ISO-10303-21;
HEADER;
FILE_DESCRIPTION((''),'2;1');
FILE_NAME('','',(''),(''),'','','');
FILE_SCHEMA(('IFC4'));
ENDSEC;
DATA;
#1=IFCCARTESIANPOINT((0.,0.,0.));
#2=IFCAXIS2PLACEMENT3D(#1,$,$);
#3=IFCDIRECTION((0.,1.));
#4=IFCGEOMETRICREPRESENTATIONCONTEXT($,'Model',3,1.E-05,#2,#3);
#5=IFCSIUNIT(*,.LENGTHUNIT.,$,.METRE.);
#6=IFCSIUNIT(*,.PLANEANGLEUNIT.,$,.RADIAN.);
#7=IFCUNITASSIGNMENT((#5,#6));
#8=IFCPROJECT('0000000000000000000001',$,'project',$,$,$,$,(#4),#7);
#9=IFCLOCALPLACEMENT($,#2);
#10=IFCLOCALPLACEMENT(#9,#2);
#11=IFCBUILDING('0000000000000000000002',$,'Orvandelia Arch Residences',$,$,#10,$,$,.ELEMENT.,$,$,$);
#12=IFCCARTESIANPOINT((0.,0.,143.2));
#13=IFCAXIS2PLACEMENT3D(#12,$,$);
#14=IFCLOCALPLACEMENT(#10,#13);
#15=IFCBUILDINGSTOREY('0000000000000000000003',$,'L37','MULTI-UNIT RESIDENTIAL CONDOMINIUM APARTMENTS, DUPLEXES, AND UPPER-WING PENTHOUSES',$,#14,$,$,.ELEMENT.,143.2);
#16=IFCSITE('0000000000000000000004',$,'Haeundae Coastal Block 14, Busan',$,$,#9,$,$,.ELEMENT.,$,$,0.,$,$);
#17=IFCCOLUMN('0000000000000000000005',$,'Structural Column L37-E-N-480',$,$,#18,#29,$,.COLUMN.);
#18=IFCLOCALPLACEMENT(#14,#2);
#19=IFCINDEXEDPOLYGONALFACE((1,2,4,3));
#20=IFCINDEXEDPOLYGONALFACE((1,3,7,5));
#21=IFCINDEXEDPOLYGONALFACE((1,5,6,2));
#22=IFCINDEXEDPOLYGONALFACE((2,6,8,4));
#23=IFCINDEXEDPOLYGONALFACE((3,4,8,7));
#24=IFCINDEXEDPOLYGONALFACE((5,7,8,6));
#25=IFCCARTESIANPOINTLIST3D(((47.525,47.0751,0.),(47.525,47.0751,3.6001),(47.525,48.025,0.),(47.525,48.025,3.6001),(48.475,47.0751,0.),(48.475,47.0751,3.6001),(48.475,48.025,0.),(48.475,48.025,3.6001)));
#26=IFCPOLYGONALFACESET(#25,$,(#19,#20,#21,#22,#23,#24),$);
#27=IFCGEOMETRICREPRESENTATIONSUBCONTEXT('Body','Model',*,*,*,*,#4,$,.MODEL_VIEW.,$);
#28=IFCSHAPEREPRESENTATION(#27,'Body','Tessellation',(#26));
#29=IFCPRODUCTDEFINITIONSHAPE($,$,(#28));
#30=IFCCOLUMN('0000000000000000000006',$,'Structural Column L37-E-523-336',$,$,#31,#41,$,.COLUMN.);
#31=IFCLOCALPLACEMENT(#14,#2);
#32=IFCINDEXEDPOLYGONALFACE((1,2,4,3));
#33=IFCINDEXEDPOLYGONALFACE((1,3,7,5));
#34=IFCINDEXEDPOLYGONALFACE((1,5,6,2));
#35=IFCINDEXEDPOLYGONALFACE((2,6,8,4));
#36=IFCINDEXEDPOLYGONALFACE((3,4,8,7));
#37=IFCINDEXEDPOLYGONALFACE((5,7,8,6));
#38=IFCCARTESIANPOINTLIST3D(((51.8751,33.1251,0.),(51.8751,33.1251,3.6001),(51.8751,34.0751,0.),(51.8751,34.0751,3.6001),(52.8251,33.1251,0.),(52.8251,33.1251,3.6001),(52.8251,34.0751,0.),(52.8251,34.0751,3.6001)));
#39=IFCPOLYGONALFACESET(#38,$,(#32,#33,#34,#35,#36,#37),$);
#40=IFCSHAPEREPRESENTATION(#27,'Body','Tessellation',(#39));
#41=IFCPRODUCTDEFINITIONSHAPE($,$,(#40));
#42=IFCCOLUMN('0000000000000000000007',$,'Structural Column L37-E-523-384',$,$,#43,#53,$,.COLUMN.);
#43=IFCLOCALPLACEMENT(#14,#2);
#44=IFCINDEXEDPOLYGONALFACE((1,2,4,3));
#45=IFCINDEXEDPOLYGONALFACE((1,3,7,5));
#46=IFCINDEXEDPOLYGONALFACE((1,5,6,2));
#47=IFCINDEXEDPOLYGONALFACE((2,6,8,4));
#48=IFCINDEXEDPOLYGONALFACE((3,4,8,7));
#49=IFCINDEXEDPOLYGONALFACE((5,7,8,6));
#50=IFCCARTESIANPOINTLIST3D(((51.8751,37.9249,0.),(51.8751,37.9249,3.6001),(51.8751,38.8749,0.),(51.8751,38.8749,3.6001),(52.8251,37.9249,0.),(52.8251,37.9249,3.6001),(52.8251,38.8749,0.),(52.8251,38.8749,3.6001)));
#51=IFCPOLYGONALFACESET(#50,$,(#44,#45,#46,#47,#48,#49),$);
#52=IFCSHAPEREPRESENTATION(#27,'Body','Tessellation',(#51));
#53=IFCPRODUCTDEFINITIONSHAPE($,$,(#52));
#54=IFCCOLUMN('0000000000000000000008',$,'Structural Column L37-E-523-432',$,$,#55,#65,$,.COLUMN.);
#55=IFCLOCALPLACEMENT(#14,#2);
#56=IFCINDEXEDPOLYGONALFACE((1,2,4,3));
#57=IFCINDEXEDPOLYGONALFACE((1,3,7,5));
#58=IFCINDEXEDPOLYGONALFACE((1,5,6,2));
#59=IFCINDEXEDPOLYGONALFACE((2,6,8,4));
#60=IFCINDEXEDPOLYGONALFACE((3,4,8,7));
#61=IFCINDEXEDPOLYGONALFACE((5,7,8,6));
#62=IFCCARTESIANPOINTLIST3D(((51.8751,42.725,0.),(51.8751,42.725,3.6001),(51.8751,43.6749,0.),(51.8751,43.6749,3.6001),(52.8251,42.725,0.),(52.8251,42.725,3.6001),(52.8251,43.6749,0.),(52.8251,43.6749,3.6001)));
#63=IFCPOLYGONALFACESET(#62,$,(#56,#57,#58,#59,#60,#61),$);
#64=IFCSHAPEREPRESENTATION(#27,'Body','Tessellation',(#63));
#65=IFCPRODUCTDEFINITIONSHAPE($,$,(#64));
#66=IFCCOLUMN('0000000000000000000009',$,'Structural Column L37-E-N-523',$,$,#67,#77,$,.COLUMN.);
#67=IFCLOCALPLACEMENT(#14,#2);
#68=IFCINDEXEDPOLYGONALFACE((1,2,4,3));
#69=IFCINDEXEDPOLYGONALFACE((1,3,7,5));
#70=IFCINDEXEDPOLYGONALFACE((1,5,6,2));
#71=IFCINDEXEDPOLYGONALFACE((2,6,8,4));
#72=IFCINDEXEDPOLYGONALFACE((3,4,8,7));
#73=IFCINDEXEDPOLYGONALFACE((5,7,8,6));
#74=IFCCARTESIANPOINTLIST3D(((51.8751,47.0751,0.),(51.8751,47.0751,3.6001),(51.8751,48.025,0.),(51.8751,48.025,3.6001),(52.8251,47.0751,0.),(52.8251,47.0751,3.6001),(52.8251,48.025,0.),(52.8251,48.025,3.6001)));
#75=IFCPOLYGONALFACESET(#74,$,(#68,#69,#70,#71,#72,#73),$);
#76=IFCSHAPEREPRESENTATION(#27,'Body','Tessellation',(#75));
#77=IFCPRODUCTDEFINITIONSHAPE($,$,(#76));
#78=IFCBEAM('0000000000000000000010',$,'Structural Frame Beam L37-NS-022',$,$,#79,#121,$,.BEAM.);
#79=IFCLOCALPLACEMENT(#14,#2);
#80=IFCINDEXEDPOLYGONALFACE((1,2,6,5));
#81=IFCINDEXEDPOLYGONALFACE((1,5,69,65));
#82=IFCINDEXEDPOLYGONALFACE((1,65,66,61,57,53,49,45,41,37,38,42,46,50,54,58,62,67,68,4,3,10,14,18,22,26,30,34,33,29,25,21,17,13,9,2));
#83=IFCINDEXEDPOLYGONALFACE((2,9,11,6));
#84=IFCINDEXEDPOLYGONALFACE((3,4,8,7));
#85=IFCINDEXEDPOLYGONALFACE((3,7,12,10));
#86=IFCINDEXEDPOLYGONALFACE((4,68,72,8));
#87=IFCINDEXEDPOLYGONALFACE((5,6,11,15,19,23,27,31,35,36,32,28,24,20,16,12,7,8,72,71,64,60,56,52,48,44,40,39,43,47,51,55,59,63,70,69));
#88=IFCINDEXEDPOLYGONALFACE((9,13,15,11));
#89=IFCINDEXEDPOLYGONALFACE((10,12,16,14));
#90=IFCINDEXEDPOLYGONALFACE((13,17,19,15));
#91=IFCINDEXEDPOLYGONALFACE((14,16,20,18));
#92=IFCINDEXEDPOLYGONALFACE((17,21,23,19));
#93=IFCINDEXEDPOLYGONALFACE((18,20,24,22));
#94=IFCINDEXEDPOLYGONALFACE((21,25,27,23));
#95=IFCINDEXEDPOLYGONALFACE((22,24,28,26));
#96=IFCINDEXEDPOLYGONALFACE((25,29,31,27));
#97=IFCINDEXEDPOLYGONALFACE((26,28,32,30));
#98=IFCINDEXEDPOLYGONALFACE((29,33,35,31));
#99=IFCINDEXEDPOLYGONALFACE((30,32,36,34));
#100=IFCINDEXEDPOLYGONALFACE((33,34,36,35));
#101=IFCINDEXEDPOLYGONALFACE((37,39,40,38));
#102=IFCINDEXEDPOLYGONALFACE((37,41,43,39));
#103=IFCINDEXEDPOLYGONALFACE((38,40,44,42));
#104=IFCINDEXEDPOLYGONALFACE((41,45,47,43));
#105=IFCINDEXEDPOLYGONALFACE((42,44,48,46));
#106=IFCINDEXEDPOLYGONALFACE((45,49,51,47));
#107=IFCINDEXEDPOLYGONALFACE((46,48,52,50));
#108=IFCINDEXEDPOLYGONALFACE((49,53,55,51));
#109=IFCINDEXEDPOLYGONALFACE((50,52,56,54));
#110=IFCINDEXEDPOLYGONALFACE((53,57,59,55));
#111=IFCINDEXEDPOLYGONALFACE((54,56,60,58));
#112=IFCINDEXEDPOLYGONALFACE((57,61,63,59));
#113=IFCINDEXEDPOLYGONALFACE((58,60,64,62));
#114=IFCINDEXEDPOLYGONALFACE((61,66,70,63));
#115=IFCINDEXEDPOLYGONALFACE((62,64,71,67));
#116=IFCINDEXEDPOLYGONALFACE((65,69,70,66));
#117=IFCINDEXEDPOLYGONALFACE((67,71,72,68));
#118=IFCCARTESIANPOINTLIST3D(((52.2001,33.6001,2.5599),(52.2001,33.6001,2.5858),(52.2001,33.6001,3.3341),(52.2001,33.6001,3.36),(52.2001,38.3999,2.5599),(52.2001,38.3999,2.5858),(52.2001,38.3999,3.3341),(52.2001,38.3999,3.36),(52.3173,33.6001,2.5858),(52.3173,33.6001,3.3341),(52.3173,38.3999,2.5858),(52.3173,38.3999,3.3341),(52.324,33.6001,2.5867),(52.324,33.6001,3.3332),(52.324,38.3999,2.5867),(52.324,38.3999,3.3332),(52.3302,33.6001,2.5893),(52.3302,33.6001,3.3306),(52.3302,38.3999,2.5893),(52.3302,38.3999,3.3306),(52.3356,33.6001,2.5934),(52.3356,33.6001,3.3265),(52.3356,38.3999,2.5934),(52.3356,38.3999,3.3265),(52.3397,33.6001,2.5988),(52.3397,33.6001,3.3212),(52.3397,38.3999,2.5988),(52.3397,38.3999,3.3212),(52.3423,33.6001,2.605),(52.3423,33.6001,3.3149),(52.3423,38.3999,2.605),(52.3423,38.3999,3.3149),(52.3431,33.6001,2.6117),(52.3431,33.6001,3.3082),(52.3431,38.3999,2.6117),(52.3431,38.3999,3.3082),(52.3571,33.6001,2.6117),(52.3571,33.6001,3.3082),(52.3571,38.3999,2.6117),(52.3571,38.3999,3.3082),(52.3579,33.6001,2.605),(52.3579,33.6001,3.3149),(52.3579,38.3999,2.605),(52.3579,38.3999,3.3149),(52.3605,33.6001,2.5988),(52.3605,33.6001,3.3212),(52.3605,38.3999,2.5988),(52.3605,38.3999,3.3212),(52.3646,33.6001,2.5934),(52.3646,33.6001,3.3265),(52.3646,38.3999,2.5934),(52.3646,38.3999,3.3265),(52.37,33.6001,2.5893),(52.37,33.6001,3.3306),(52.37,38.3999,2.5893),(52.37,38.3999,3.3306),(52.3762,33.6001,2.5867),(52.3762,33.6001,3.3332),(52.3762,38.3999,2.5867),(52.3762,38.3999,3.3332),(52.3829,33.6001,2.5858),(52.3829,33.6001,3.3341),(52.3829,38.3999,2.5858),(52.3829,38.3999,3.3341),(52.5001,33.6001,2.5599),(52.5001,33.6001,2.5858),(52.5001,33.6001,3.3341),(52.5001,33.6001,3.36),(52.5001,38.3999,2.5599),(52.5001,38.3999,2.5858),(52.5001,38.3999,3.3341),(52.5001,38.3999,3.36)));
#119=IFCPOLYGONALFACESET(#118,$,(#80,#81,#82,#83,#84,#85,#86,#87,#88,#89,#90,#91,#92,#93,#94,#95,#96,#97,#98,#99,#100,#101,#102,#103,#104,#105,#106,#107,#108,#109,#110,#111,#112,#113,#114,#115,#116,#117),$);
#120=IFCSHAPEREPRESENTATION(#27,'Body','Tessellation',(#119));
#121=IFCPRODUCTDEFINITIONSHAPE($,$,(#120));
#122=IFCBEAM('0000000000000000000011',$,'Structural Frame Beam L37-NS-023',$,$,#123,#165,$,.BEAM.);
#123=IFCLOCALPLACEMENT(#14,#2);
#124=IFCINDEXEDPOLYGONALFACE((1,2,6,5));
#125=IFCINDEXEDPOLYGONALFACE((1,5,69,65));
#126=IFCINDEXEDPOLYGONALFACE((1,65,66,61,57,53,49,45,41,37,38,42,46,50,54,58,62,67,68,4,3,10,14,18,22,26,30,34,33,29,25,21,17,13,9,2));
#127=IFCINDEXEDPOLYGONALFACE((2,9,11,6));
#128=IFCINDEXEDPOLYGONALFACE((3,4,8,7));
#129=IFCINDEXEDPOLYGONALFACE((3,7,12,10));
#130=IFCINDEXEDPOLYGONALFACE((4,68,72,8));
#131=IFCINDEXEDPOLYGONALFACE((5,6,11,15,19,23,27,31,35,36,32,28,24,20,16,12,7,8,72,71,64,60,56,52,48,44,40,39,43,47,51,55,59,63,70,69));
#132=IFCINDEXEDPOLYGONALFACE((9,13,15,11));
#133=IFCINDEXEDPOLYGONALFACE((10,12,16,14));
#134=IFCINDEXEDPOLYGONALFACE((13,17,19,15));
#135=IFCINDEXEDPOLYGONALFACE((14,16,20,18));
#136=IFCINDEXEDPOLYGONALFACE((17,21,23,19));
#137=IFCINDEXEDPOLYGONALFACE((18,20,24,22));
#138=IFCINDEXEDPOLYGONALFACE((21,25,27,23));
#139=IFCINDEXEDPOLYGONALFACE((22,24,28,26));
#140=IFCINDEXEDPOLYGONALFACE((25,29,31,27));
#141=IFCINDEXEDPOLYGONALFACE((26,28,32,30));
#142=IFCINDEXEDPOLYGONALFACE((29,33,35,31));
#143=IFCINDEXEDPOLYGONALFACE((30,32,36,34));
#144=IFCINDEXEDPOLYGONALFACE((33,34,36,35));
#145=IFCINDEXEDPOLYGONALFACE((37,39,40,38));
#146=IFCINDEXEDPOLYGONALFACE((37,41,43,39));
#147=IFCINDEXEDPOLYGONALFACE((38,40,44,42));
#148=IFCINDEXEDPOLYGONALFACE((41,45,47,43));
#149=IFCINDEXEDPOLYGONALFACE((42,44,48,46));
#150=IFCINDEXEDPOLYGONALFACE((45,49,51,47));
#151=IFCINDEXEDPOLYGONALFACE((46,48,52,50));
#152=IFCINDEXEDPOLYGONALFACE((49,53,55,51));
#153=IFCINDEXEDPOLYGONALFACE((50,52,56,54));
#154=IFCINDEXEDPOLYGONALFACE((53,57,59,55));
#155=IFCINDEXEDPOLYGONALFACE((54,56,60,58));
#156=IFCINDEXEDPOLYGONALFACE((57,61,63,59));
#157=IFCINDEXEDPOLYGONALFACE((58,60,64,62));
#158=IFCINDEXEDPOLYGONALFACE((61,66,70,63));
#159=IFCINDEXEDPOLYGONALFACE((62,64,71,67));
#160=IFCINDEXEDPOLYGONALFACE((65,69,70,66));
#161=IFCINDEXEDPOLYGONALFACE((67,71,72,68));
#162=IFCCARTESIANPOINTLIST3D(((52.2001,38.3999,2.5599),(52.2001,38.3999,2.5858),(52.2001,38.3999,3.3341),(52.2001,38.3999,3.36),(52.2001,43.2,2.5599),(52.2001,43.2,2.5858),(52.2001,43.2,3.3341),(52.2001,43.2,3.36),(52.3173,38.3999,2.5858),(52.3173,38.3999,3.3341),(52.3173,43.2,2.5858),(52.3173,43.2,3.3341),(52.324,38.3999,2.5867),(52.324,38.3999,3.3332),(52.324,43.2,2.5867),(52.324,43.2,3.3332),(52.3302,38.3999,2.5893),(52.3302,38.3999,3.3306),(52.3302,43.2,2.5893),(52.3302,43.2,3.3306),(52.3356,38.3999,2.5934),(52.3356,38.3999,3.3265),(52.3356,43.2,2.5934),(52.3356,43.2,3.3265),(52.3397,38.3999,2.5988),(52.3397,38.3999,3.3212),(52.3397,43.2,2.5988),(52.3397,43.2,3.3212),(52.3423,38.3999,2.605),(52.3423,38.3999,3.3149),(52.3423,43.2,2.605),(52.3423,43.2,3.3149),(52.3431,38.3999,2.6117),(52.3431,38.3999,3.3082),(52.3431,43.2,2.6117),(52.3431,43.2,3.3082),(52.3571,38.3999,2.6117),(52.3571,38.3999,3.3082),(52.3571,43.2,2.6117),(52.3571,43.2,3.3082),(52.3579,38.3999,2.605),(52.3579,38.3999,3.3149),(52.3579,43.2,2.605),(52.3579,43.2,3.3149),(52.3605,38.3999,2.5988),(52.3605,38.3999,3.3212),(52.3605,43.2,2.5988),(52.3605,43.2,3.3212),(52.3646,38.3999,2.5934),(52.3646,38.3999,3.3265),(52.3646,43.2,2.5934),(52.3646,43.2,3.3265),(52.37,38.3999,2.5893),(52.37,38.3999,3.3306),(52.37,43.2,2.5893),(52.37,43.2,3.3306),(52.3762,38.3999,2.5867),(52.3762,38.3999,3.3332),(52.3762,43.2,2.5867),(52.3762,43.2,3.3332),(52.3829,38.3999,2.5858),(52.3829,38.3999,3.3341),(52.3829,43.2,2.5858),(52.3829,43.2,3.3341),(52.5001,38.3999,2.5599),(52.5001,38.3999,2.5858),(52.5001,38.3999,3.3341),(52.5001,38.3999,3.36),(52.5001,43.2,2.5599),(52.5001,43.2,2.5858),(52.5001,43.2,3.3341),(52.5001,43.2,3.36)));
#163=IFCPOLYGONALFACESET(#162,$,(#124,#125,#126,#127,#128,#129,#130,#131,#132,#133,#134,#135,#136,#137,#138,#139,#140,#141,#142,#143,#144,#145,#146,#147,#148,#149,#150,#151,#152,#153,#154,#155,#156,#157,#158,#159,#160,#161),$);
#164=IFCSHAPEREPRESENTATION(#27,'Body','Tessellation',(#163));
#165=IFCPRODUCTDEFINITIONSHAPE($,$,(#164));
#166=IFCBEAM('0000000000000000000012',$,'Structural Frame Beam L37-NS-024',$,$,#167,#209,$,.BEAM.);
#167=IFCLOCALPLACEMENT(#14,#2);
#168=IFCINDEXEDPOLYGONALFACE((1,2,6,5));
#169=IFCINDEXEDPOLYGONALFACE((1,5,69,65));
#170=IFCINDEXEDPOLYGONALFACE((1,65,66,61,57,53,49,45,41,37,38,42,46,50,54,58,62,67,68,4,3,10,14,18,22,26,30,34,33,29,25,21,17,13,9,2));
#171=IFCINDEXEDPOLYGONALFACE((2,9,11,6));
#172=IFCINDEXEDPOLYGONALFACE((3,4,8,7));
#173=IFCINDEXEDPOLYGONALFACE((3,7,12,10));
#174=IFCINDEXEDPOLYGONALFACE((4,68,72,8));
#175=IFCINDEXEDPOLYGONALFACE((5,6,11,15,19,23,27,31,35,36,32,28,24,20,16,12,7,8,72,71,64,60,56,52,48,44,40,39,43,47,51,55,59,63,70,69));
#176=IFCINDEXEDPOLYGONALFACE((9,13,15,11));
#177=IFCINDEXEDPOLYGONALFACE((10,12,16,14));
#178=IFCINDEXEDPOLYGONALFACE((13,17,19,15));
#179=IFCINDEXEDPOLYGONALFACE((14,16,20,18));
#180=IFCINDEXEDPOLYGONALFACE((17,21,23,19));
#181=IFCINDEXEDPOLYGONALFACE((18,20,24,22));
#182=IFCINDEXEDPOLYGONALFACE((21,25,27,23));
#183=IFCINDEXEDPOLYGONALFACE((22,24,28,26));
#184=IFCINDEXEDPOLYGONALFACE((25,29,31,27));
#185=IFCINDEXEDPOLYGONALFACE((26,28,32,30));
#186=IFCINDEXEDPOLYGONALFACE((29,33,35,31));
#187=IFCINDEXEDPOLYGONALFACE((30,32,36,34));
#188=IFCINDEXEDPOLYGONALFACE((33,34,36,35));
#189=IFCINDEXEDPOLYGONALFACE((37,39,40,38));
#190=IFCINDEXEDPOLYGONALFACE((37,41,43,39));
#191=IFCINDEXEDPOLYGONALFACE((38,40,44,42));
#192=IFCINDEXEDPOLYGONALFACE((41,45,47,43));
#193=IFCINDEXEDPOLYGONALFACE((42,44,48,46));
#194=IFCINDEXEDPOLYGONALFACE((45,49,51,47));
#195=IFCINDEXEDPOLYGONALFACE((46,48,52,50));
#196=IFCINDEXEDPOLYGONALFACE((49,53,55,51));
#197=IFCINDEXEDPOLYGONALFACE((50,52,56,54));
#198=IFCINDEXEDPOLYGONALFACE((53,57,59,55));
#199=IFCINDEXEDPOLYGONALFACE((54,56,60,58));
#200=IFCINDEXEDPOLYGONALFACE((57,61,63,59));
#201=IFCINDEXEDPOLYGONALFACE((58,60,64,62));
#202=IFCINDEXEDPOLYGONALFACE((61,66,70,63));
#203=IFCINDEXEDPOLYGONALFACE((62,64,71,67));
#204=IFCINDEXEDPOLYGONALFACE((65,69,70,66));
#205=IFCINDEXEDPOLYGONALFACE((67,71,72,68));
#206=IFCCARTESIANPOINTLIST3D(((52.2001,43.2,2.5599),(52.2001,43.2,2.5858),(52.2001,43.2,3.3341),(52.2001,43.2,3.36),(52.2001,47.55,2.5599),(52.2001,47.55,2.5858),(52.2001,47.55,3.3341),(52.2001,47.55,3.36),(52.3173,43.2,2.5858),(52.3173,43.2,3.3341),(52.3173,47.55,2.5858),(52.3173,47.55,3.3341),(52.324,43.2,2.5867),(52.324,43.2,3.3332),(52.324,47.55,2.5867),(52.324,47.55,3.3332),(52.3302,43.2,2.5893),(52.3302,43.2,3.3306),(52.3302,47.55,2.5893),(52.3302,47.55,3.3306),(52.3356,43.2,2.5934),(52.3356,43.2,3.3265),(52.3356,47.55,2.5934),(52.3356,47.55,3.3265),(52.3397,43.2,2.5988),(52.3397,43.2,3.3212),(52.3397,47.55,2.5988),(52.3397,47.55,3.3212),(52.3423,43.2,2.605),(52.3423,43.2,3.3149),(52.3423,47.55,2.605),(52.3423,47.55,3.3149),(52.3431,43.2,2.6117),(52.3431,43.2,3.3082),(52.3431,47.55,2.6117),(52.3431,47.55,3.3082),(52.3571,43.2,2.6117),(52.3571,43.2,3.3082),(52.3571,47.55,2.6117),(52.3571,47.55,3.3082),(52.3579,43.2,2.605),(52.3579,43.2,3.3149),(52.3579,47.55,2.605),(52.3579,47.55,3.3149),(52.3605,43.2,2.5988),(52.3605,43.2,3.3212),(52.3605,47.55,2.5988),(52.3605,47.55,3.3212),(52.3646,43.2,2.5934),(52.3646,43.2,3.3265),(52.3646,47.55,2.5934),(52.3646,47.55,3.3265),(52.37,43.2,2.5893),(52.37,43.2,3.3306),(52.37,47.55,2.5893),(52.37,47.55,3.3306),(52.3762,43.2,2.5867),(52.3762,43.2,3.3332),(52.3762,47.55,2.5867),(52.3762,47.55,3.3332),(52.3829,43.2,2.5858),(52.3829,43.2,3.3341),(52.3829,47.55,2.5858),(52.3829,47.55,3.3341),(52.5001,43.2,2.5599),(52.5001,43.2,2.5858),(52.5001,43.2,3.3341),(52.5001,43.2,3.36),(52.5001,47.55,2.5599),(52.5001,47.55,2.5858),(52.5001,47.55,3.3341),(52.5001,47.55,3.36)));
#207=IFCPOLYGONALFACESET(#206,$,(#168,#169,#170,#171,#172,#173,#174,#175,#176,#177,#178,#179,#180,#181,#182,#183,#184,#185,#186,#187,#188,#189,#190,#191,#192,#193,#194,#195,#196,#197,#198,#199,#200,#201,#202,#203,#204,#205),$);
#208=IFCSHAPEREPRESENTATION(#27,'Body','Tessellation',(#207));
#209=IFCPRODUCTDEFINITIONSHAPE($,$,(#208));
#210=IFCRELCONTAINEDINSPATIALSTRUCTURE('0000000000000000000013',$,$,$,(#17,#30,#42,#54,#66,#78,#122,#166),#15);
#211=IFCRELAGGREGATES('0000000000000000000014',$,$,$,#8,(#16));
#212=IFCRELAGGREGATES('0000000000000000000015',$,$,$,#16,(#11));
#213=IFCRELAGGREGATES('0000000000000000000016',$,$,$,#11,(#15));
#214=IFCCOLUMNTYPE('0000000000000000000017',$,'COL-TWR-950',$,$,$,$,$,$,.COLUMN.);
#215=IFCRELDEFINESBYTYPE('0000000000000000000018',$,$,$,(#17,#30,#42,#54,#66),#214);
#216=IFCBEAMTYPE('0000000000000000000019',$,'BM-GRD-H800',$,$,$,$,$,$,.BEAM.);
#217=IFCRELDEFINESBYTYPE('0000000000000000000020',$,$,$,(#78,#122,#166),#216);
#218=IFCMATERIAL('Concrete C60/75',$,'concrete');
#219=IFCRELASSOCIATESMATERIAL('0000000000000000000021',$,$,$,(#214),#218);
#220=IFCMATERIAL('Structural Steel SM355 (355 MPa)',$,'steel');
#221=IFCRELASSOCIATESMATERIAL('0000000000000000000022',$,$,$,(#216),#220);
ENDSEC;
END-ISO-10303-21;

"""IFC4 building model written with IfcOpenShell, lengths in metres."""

from ifc_helpers import new_model, si_unit, direction, frame, origin, origin_2d, place, context, subcontext, project, spatial, rectangle, i_section, extrude, material, material_profile, profile_set, type_object, element, save


model = new_model("IFC4")

# Units and contexts
model_context = context("Model", 3, precision=1e-05, world=origin(), true_north=direction((0.0, 1.0)))
body_context = subcontext(model_context, "Body", "Model", "MODEL_VIEW")
ifc_project = project(units=[si_unit("LENGTHUNIT", "METRE"), si_unit("PLANEANGLEUNIT", "RADIAN")], contexts=[model_context])

# Site, building, storey
site_placement = place(None, origin())
site = spatial("IfcSite", under=ifc_project, at=site_placement, Name="Haeundae Coastal Block 14, Busan", CompositionType="ELEMENT", RefElevation=0.0)
building_placement = place(site_placement, origin())
building = spatial("IfcBuilding", under=site, at=building_placement, Name="Orvandelia Arch Residences", CompositionType="ELEMENT")
storey_placement = place(building_placement, frame((0.0, 0.0, 143.2)))
storey = spatial("IfcBuildingStorey", under=building, at=storey_placement, Name="L37", Description="MULTI-UNIT RESIDENTIAL CONDOMINIUM APARTMENTS, DUPLEXES, AND UPPER-WING PENTHOUSES", CompositionType="ELEMENT", Elevation=143.2)

# Columns
ifc_material_1 = material(Name="Concrete C60/75", Category="concrete")
ifc_material_profile_1 = material_profile(ifc_material_1, rectangle(XDim=0.95, YDim=0.95, at=origin_2d()), Name="Concrete C60/75", Category="concrete")
ifc_profile_set_1 = profile_set([ifc_material_profile_1], Name="Concrete C60/75")
column_type = type_object("IfcColumnType", Name="COL-TWR-950", PredefinedType="COLUMN", material=ifc_profile_set_1)
for number, where, z_axis, x_axis, name in (
    (1, (48.0, 47.55, 0.0), (0.0, 0.0, 1.0), (1.0, 0.0, 0.0), "Structural Column L37-E-N-480"),
    (2, (52.3501, 33.6001, 0.0), (0.0, 0.0, 1.0), (1.0, 0.0, 0.0), "Structural Column L37-E-523-336"),
    (3, (52.3501, 38.3999, 0.0), (0.0, 0.0, 1.0), (1.0, 0.0, 0.0), "Structural Column L37-E-523-384"),
    (4, (52.3501, 43.2, 0.0), (0.0, 0.0, 1.0), (1.0, 0.0, 0.0), "Structural Column L37-E-523-432"),
    (5, (52.3501, 47.55, 0.0), (0.0, 0.0, 1.0), (1.0, 0.0, 0.0), "Structural Column L37-E-N-523"),
):
    element("IfcColumn", number, at=place(storey_placement, frame(where, z_axis=z_axis, x_axis=x_axis)), inside=storey, type_object=column_type, Name=name, PredefinedType="COLUMN", context=body_context, shape_type="SweptSolid", body=[
        extrude(rectangle(XDim=0.95, YDim=0.95, at=origin_2d()), origin(), (0.0, 0.0, 1.0), 3.6001),
    ])

# Beams
ifc_material_2 = material(Name="Structural Steel SM355 (355 MPa)", Category="steel")
ifc_material_profile_2 = material_profile(ifc_material_2, i_section(OverallWidth=0.3, OverallDepth=0.8, WebThickness=0.0139, FlangeThickness=0.0259, FilletRadius=0.0259, at=origin_2d()), Name="Structural Steel SM355 (355 MPa)", Category="steel")
ifc_profile_set_2 = profile_set([ifc_material_profile_2], Name="Structural Steel SM355 (355 MPa)")
beam_type = type_object("IfcBeamType", Name="BM-GRD-H800", PredefinedType="BEAM", material=ifc_profile_set_2)
beam_1_placement = place(storey_placement, frame((52.3501, 33.6001, 2.96), z_axis=(0.0, 1.0, 0.0), x_axis=(-1.0, 0.0, 0.0)))
element("IfcBeam", 6, at=beam_1_placement, inside=storey, type_object=beam_type, Name="Structural Frame Beam L37-NS-022", PredefinedType="BEAM", context=body_context, shape_type="SweptSolid", body=[
    extrude(i_section(OverallWidth=0.3, OverallDepth=0.8, WebThickness=0.0139, FlangeThickness=0.0259, FilletRadius=0.0259, at=origin_2d()), origin(), (0.0, 0.0, 1.0), 4.7998),
])
beam_2_placement = place(storey_placement, frame((52.3501, 38.3999, 2.96), z_axis=(0.0, 1.0, 0.0), x_axis=(-1.0, 0.0, 0.0)))
element("IfcBeam", 7, at=beam_2_placement, inside=storey, type_object=beam_type, Name="Structural Frame Beam L37-NS-023", PredefinedType="BEAM", context=body_context, shape_type="SweptSolid", body=[
    extrude(i_section(OverallWidth=0.3, OverallDepth=0.8, WebThickness=0.0139, FlangeThickness=0.0259, FilletRadius=0.0259, at=origin_2d()), origin(), (0.0, 0.0, 1.0), 4.8),
])
for number, where, z_axis, x_axis, name in (
    (8, (52.3501, 43.2, 2.96), (0.0, 1.0, 0.0), (-1.0, 0.0, 0.0), "Structural Frame Beam L37-NS-024"),
):
    element("IfcBeam", number, at=place(storey_placement, frame(where, z_axis=z_axis, x_axis=x_axis)), inside=storey, type_object=beam_type, Name=name, PredefinedType="BEAM", context=body_context, shape_type="SweptSolid", body=[
        extrude(i_section(OverallWidth=0.3, OverallDepth=0.8, WebThickness=0.0139, FlangeThickness=0.0259, FilletRadius=0.0259, at=origin_2d()), origin(), (0.0, 0.0, 1.0), 4.3501),
    ])

save(model, "model.ifc")
